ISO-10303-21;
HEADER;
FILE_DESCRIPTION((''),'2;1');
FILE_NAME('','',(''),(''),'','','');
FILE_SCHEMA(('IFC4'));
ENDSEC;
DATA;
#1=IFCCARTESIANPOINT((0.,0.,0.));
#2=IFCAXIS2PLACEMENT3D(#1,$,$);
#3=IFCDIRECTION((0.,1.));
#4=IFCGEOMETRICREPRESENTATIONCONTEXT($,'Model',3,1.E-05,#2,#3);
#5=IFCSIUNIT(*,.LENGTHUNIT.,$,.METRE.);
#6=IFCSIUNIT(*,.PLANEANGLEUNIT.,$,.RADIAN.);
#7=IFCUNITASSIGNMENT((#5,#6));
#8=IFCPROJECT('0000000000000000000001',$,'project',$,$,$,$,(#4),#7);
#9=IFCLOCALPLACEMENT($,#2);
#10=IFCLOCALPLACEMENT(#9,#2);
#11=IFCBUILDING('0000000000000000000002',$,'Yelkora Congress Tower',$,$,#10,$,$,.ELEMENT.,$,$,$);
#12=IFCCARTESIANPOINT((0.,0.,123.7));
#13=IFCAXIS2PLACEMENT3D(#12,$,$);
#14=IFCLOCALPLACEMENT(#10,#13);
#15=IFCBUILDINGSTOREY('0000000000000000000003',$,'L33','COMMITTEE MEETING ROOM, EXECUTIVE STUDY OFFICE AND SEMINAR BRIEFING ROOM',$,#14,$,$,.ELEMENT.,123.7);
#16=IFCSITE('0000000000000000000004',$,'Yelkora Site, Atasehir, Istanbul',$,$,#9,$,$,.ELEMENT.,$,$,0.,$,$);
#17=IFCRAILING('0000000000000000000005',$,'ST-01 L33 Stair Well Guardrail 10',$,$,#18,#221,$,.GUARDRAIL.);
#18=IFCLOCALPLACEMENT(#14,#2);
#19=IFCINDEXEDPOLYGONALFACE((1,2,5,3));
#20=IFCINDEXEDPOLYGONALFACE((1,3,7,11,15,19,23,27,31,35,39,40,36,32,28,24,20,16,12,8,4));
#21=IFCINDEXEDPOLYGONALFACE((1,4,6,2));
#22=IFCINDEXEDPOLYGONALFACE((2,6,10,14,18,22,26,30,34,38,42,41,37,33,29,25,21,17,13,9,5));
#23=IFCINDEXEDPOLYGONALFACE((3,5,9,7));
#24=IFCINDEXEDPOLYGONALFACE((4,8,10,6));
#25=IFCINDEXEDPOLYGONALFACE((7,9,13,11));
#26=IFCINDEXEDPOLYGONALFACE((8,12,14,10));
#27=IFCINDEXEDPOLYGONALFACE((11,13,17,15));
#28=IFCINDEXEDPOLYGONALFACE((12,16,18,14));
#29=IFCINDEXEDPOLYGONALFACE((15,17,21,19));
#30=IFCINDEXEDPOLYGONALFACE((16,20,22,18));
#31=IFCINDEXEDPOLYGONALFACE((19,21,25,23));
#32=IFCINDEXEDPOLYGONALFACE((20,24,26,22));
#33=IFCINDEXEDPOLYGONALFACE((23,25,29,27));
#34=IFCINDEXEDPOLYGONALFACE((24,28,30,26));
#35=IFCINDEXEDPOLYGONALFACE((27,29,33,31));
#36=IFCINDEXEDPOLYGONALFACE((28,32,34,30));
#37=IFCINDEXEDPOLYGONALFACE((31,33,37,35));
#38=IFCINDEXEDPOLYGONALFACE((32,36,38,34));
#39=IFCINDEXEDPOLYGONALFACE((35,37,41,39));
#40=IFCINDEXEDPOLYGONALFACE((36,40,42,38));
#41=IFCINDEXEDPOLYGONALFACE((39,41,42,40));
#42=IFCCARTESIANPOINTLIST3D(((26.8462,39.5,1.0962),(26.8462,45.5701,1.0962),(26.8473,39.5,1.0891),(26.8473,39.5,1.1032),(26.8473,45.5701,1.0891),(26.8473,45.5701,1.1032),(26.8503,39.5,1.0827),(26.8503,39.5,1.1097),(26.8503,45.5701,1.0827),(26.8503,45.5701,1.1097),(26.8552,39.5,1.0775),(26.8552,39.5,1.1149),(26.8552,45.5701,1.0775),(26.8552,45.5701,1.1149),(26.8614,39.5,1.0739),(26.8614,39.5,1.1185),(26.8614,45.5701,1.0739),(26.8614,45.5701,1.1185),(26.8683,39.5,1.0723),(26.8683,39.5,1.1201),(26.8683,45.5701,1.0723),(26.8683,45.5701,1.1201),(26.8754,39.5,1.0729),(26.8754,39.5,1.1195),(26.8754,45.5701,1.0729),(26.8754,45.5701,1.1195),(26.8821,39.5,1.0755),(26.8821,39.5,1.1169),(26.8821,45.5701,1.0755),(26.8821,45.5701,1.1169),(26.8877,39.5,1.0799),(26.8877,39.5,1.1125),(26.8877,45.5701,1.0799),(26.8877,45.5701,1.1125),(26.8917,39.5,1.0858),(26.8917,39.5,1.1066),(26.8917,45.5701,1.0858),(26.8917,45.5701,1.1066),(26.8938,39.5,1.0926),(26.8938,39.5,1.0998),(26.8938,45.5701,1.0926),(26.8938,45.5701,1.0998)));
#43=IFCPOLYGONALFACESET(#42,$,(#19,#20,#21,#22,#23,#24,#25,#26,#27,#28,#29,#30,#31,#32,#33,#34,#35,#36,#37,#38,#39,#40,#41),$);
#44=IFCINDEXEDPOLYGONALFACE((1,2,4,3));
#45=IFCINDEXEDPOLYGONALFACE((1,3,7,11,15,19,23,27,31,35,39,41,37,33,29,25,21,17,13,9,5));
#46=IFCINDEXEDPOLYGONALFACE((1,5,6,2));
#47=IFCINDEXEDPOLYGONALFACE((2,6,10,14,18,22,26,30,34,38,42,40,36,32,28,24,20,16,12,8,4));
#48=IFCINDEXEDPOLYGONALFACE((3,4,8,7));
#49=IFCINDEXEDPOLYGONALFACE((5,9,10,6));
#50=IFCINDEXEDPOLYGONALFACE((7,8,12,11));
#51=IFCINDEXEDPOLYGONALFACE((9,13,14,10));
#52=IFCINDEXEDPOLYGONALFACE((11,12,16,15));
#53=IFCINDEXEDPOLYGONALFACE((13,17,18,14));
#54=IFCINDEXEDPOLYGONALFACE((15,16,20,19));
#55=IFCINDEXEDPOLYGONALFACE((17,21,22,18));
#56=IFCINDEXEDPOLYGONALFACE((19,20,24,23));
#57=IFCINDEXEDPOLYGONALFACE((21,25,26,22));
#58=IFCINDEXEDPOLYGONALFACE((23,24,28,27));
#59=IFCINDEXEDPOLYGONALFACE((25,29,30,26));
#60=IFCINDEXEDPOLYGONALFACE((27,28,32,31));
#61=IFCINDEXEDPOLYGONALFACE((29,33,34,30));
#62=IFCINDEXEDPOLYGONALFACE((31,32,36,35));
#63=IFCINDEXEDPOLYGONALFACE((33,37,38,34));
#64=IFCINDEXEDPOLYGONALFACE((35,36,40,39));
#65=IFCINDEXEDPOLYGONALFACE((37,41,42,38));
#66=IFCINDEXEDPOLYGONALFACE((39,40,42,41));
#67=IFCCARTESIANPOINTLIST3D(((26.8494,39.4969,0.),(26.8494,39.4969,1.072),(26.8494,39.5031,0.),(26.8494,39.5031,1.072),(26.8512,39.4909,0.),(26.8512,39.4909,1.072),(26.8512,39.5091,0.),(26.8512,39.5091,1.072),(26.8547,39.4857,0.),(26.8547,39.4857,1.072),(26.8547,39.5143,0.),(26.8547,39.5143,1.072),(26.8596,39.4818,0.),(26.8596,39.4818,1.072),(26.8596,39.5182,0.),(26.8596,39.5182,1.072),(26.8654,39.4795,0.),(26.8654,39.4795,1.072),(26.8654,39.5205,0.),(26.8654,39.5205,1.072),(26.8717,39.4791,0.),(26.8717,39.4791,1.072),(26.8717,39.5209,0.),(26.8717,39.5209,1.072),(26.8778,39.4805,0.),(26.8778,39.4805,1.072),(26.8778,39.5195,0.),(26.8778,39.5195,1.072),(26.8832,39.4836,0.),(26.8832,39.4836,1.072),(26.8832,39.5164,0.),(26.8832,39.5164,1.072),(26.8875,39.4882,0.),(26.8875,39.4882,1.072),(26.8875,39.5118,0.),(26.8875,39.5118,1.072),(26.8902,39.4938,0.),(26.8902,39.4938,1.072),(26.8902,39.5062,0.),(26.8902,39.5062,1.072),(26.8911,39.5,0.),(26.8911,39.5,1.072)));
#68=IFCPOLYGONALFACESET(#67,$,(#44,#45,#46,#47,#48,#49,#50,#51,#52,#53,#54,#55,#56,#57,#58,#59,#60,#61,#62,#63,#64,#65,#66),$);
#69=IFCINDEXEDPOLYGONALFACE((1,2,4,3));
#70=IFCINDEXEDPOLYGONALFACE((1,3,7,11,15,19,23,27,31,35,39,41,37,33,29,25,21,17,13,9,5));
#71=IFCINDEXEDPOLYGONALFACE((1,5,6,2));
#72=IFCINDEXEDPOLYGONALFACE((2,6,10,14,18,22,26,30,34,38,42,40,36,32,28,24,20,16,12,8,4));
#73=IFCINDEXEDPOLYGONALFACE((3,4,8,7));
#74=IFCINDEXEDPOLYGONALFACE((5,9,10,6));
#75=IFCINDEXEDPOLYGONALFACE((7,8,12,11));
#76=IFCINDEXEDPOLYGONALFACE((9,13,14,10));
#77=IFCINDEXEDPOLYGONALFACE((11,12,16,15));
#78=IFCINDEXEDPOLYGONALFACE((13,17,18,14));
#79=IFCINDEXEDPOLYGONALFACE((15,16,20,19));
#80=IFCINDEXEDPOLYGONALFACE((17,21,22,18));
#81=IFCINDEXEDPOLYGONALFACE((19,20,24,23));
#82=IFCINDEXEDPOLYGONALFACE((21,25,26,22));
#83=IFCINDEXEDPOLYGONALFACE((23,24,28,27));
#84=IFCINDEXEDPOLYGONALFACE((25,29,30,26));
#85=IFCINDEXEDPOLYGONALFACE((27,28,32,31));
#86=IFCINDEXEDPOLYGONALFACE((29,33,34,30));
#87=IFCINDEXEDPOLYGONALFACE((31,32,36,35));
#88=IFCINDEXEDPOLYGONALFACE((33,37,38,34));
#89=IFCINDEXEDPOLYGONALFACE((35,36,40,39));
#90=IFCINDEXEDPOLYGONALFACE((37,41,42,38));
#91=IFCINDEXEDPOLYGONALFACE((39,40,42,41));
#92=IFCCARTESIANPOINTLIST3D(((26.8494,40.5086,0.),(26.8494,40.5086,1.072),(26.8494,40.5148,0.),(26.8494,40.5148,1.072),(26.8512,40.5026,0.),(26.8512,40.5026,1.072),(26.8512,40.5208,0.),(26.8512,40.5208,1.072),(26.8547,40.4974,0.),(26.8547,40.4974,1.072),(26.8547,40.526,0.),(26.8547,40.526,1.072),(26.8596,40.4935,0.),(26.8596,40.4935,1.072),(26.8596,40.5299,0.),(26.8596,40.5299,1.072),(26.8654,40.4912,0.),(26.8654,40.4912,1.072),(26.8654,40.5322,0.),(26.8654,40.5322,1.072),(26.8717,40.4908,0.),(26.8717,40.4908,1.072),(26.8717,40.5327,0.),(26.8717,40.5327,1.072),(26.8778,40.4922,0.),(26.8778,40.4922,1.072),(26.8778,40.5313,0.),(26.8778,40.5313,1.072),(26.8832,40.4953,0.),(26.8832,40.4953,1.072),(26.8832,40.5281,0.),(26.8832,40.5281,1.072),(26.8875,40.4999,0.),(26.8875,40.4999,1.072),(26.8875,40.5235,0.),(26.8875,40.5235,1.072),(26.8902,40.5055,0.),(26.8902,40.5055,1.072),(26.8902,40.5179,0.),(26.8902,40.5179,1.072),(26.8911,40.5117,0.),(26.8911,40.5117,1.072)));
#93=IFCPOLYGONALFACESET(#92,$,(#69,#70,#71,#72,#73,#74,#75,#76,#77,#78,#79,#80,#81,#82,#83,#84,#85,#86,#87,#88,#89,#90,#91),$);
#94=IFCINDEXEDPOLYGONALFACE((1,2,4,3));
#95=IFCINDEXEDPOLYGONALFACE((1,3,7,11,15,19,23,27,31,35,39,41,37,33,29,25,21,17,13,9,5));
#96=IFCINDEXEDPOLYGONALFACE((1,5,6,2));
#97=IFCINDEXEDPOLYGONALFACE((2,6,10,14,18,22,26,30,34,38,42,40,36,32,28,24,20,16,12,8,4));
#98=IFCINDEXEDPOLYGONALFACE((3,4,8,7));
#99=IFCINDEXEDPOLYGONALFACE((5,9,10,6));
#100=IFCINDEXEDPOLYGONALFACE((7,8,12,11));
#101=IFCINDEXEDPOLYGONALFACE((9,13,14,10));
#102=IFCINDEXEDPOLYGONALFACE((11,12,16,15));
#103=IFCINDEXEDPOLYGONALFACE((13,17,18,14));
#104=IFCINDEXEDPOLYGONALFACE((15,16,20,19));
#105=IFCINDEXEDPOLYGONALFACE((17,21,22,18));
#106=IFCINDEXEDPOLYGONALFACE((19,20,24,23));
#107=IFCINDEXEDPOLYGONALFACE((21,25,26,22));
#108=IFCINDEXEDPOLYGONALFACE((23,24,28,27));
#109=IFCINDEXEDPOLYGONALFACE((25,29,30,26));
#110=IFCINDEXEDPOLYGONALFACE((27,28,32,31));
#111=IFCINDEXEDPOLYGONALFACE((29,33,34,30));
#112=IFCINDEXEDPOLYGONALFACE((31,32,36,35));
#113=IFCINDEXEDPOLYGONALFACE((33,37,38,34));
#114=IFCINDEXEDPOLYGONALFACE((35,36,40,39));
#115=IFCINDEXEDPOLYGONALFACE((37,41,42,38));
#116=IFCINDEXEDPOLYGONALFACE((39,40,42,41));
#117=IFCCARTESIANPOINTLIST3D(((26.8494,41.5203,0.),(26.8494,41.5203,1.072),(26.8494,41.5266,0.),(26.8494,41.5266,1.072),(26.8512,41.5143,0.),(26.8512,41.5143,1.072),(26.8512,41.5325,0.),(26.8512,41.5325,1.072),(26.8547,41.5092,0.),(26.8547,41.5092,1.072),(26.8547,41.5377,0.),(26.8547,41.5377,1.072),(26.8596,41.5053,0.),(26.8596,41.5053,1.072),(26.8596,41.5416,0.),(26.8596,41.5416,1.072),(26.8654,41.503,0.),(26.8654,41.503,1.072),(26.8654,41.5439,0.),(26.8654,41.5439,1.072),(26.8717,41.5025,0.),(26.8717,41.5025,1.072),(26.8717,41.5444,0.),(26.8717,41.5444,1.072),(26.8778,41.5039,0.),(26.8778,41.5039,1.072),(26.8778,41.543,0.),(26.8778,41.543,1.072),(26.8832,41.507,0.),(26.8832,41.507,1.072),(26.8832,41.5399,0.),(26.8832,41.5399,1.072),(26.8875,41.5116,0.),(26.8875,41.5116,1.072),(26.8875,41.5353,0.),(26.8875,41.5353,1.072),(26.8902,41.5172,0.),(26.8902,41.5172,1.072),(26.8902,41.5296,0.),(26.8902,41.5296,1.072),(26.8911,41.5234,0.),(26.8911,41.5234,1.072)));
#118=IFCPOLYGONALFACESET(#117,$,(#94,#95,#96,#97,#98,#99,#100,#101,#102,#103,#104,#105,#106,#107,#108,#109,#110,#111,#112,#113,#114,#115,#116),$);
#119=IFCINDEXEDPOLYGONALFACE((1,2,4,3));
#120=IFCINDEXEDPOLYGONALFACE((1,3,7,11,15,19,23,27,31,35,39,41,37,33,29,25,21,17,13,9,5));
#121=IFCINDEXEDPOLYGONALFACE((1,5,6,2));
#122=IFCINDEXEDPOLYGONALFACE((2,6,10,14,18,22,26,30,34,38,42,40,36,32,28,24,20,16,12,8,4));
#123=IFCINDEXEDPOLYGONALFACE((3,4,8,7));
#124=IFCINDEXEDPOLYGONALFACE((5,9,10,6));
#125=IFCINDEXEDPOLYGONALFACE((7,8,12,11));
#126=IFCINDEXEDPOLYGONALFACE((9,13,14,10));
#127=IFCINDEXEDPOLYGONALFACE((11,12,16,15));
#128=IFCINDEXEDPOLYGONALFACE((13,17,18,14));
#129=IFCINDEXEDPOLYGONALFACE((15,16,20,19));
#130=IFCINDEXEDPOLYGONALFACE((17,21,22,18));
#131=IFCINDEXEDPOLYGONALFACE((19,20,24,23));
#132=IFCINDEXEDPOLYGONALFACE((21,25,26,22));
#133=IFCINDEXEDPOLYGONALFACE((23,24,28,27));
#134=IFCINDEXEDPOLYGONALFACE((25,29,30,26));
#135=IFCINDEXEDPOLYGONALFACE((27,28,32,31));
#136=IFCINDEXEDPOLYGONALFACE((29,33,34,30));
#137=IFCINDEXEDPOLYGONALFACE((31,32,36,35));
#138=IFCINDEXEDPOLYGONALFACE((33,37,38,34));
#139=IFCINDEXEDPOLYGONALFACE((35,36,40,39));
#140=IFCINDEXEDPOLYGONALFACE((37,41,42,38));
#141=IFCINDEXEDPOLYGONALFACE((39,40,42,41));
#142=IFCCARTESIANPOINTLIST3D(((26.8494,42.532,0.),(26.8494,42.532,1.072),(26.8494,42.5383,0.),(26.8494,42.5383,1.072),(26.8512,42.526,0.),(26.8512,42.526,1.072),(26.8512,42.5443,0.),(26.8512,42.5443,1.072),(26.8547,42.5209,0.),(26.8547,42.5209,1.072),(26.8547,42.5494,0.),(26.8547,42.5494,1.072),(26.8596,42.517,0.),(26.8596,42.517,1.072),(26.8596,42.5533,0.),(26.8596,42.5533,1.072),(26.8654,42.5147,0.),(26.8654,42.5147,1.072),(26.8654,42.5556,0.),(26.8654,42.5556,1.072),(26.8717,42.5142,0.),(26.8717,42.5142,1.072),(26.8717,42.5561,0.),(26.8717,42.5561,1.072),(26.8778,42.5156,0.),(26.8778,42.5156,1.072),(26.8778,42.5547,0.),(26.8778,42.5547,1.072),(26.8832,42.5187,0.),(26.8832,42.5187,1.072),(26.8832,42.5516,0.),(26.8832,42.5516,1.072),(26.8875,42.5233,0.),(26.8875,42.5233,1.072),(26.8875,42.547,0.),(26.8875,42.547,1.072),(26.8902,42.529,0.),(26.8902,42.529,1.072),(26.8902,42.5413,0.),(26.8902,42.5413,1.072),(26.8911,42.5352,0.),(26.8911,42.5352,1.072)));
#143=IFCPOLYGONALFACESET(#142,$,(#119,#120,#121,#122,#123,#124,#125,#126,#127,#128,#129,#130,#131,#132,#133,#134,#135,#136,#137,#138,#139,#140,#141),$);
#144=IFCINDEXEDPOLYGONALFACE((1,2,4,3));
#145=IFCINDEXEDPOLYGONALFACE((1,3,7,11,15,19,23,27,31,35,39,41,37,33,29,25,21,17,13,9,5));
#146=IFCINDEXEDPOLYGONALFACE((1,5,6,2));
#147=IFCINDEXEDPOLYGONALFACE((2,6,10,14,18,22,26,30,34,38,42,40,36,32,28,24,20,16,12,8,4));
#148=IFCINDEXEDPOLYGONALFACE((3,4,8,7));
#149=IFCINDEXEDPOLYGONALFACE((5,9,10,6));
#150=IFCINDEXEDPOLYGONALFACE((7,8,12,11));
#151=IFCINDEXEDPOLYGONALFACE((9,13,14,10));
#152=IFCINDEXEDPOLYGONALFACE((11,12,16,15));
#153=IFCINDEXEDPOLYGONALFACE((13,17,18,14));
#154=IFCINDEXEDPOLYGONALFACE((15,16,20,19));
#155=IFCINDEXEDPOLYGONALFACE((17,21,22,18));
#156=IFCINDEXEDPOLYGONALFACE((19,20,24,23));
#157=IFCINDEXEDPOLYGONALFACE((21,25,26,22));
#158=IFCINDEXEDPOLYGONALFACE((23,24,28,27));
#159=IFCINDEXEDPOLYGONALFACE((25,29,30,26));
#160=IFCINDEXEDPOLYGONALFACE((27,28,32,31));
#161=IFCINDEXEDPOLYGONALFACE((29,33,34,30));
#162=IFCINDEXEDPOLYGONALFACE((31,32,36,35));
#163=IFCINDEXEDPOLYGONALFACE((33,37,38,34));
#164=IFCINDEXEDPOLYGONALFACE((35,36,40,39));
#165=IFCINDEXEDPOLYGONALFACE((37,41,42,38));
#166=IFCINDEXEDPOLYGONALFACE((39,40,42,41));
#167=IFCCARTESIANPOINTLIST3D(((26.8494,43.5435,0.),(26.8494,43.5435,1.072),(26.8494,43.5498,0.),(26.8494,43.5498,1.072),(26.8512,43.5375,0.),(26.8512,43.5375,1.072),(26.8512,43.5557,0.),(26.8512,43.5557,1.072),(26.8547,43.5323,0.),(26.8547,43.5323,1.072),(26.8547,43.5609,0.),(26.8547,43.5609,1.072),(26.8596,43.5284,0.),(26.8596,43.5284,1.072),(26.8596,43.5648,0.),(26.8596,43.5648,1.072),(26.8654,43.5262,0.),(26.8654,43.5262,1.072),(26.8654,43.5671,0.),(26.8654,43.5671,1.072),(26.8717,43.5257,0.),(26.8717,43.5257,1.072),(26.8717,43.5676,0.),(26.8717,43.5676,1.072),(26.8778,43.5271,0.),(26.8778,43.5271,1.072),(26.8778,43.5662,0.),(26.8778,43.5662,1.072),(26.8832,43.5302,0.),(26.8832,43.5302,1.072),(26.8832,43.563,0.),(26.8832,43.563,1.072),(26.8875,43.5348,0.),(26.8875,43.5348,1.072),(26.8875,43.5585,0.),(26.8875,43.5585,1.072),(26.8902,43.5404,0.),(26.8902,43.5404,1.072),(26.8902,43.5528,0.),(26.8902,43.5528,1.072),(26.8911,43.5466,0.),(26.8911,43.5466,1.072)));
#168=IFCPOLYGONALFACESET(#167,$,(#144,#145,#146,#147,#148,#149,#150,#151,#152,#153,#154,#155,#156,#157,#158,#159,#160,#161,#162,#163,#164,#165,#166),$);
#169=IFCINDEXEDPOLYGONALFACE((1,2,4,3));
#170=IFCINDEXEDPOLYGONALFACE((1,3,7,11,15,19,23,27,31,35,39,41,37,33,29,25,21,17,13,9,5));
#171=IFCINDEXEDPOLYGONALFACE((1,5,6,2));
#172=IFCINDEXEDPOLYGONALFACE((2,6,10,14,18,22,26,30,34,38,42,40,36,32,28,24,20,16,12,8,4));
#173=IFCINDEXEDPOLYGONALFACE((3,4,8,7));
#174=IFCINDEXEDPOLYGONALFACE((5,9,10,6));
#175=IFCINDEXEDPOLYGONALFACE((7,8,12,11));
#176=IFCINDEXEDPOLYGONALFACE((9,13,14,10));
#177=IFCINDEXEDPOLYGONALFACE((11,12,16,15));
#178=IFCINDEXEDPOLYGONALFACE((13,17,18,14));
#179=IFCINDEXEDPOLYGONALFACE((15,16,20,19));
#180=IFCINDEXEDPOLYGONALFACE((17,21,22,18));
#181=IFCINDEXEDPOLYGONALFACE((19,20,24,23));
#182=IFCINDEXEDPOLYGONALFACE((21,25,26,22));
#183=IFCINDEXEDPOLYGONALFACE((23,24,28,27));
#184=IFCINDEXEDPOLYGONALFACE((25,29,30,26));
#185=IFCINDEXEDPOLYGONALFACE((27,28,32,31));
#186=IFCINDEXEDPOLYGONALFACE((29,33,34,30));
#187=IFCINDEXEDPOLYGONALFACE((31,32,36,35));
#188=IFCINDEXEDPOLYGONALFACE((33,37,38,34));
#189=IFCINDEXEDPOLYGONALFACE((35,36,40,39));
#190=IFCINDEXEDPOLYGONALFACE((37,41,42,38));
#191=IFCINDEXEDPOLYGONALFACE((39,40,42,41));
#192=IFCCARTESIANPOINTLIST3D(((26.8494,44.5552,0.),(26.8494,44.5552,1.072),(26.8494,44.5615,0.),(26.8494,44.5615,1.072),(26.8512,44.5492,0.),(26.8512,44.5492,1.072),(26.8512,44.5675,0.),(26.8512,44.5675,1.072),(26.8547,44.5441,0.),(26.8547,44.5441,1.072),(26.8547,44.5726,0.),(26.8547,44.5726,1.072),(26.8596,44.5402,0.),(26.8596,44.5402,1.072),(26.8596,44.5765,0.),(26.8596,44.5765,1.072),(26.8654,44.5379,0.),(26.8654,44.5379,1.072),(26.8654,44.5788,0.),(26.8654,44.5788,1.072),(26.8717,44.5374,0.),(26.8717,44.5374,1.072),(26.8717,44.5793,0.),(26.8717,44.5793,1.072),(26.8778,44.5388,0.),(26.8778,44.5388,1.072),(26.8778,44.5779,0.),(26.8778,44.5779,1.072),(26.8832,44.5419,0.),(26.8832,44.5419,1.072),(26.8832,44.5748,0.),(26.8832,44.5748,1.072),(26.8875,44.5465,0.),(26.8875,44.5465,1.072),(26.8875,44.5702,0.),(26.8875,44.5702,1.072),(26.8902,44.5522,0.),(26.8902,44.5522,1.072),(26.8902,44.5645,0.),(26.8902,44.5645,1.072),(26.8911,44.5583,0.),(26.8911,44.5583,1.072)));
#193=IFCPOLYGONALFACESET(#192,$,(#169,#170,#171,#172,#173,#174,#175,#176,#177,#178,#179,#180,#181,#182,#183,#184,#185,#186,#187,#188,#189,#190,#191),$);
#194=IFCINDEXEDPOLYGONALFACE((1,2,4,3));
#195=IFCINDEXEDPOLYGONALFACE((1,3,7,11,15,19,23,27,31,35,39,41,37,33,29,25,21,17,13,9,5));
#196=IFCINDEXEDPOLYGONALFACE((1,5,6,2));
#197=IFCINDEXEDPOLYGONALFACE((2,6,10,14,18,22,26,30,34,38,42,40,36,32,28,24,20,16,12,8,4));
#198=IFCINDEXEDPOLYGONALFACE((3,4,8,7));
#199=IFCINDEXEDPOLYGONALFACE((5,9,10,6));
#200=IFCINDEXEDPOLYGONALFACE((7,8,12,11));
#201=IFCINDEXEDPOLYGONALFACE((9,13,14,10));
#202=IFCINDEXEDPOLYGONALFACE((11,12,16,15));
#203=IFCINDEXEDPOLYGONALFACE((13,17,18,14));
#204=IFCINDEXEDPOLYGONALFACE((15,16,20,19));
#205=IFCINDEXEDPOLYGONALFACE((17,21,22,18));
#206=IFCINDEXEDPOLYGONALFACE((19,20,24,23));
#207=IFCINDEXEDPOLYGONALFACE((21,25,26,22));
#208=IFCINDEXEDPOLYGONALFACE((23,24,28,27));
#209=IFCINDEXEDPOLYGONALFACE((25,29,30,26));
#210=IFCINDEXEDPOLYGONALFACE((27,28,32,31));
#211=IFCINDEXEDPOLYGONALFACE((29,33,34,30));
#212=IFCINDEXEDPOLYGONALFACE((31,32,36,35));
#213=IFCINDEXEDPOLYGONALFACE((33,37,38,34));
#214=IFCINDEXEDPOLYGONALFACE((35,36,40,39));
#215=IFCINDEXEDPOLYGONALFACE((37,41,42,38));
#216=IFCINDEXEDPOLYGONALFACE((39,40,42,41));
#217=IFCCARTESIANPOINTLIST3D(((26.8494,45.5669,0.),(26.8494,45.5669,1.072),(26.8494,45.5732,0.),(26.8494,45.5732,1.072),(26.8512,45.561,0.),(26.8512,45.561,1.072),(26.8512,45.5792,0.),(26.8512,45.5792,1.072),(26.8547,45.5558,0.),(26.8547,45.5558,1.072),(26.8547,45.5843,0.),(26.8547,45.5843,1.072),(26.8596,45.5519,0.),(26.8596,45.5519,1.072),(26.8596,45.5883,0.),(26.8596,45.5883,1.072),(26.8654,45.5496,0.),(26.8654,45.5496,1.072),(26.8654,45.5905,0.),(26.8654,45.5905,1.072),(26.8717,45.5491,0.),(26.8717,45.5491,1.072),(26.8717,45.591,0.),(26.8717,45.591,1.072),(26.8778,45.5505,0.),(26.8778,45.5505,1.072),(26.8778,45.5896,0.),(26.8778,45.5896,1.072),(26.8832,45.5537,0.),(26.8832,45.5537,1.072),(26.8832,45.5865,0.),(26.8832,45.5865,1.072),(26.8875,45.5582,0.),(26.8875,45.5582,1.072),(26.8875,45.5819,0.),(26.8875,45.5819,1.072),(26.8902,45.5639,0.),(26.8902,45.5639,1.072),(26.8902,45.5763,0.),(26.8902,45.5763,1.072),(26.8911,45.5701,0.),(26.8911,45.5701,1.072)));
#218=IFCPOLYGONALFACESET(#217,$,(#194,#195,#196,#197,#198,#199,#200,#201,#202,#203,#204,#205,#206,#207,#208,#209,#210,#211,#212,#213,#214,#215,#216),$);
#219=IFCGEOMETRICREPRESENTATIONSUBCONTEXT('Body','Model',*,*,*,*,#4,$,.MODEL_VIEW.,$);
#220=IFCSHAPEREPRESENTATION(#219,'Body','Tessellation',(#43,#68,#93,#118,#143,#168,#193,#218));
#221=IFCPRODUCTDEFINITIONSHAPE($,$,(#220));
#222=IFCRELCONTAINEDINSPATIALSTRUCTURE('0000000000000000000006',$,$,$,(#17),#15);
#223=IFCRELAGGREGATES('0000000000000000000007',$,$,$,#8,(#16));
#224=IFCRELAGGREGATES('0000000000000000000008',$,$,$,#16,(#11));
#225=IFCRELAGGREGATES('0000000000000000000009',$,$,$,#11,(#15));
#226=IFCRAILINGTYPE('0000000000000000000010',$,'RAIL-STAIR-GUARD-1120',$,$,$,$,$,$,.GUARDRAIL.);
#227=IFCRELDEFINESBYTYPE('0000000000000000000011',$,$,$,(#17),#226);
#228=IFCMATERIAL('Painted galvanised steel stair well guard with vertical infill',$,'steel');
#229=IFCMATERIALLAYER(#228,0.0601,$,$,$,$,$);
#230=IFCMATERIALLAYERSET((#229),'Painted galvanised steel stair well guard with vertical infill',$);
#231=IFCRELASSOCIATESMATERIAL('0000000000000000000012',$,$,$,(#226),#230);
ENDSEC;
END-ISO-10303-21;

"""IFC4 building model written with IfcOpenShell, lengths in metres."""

from ifc_helpers import new_model, si_unit, direction, frame, origin, origin_2d, place, context, subcontext, project, spatial, circle, extrude, material, layer, layer_set, type_object, element, save


model = new_model("IFC4")

# Units and contexts
model_context = context("Model", 3, precision=1e-05, world=origin(), true_north=direction((0.0, 1.0)))
body_context = subcontext(model_context, "Body", "Model", "MODEL_VIEW")
ifc_project = project(units=[si_unit("LENGTHUNIT", "METRE"), si_unit("PLANEANGLEUNIT", "RADIAN")], contexts=[model_context])

# Site, building, storey
site_placement = place(None, origin())
site = spatial("IfcSite", under=ifc_project, at=site_placement, Name="Yelkora Site, Atasehir, Istanbul", CompositionType="ELEMENT", RefElevation=0.0)
building_placement = place(site_placement, origin())
building = spatial("IfcBuilding", under=site, at=building_placement, Name="Yelkora Congress Tower", CompositionType="ELEMENT")
storey_placement = place(building_placement, frame((0.0, 0.0, 123.7)))
storey = spatial("IfcBuildingStorey", under=building, at=storey_placement, Name="L33", Description="COMMITTEE MEETING ROOM, EXECUTIVE STUDY OFFICE AND SEMINAR BRIEFING ROOM", CompositionType="ELEMENT", Elevation=123.7)

# Railing
ifc_material_1 = material(Name="Painted galvanised steel stair well guard with vertical infill", Category="steel")
ifc_layer_1 = layer(ifc_material_1, 0.0601)
ifc_layer_set_1 = layer_set([ifc_layer_1], Name="Painted galvanised steel stair well guard with vertical infill")
railing_type_1 = type_object("IfcRailingType", Name="RAIL-STAIR-GUARD-1120", PredefinedType="GUARDRAIL", material=ifc_layer_set_1)
railing_1_placement = place(storey_placement, frame((26.8701, 39.5, 0.0)))
element("IfcRailing", 1, at=railing_1_placement, inside=storey, type_object=railing_type_1, Name="ST-01 L33 Stair Well Guardrail 10", PredefinedType="GUARDRAIL", context=body_context, shape_type="SweptSolid", body=[
    extrude(circle(Radius=0.0239, at=origin_2d()), frame((0.0, 0.0, 1.0962), z_axis=(0.0, 1.0, 0.0), x_axis=(-1.0, 0.0, 0.0)), (0.0, 0.0, 1.0), 6.0701),
    extrude(circle(Radius=0.021, at=origin_2d()), origin(), (0.0, 0.0, 1.0), 1.072),
    extrude(circle(Radius=0.021, at=origin_2d()), frame((0.0, 1.0117, 0.0)), (0.0, 0.0, 1.0), 1.072),
    extrude(circle(Radius=0.021, at=origin_2d()), frame((0.0, 2.0234, 0.0)), (0.0, 0.0, 1.0), 1.072),
    extrude(circle(Radius=0.021, at=origin_2d()), frame((0.0, 3.0352, 0.0)), (0.0, 0.0, 1.0), 1.072),
    extrude(circle(Radius=0.021, at=origin_2d()), frame((0.0, 4.0466, 0.0)), (0.0, 0.0, 1.0), 1.072),
    extrude(circle(Radius=0.021, at=origin_2d()), frame((0.0, 5.0583, 0.0)), (0.0, 0.0, 1.0), 1.072),
    extrude(circle(Radius=0.021, at=origin_2d()), frame((0.0, 6.0701, 0.0)), (0.0, 0.0, 1.0), 1.072),
])

save(model, "model.ifc")
